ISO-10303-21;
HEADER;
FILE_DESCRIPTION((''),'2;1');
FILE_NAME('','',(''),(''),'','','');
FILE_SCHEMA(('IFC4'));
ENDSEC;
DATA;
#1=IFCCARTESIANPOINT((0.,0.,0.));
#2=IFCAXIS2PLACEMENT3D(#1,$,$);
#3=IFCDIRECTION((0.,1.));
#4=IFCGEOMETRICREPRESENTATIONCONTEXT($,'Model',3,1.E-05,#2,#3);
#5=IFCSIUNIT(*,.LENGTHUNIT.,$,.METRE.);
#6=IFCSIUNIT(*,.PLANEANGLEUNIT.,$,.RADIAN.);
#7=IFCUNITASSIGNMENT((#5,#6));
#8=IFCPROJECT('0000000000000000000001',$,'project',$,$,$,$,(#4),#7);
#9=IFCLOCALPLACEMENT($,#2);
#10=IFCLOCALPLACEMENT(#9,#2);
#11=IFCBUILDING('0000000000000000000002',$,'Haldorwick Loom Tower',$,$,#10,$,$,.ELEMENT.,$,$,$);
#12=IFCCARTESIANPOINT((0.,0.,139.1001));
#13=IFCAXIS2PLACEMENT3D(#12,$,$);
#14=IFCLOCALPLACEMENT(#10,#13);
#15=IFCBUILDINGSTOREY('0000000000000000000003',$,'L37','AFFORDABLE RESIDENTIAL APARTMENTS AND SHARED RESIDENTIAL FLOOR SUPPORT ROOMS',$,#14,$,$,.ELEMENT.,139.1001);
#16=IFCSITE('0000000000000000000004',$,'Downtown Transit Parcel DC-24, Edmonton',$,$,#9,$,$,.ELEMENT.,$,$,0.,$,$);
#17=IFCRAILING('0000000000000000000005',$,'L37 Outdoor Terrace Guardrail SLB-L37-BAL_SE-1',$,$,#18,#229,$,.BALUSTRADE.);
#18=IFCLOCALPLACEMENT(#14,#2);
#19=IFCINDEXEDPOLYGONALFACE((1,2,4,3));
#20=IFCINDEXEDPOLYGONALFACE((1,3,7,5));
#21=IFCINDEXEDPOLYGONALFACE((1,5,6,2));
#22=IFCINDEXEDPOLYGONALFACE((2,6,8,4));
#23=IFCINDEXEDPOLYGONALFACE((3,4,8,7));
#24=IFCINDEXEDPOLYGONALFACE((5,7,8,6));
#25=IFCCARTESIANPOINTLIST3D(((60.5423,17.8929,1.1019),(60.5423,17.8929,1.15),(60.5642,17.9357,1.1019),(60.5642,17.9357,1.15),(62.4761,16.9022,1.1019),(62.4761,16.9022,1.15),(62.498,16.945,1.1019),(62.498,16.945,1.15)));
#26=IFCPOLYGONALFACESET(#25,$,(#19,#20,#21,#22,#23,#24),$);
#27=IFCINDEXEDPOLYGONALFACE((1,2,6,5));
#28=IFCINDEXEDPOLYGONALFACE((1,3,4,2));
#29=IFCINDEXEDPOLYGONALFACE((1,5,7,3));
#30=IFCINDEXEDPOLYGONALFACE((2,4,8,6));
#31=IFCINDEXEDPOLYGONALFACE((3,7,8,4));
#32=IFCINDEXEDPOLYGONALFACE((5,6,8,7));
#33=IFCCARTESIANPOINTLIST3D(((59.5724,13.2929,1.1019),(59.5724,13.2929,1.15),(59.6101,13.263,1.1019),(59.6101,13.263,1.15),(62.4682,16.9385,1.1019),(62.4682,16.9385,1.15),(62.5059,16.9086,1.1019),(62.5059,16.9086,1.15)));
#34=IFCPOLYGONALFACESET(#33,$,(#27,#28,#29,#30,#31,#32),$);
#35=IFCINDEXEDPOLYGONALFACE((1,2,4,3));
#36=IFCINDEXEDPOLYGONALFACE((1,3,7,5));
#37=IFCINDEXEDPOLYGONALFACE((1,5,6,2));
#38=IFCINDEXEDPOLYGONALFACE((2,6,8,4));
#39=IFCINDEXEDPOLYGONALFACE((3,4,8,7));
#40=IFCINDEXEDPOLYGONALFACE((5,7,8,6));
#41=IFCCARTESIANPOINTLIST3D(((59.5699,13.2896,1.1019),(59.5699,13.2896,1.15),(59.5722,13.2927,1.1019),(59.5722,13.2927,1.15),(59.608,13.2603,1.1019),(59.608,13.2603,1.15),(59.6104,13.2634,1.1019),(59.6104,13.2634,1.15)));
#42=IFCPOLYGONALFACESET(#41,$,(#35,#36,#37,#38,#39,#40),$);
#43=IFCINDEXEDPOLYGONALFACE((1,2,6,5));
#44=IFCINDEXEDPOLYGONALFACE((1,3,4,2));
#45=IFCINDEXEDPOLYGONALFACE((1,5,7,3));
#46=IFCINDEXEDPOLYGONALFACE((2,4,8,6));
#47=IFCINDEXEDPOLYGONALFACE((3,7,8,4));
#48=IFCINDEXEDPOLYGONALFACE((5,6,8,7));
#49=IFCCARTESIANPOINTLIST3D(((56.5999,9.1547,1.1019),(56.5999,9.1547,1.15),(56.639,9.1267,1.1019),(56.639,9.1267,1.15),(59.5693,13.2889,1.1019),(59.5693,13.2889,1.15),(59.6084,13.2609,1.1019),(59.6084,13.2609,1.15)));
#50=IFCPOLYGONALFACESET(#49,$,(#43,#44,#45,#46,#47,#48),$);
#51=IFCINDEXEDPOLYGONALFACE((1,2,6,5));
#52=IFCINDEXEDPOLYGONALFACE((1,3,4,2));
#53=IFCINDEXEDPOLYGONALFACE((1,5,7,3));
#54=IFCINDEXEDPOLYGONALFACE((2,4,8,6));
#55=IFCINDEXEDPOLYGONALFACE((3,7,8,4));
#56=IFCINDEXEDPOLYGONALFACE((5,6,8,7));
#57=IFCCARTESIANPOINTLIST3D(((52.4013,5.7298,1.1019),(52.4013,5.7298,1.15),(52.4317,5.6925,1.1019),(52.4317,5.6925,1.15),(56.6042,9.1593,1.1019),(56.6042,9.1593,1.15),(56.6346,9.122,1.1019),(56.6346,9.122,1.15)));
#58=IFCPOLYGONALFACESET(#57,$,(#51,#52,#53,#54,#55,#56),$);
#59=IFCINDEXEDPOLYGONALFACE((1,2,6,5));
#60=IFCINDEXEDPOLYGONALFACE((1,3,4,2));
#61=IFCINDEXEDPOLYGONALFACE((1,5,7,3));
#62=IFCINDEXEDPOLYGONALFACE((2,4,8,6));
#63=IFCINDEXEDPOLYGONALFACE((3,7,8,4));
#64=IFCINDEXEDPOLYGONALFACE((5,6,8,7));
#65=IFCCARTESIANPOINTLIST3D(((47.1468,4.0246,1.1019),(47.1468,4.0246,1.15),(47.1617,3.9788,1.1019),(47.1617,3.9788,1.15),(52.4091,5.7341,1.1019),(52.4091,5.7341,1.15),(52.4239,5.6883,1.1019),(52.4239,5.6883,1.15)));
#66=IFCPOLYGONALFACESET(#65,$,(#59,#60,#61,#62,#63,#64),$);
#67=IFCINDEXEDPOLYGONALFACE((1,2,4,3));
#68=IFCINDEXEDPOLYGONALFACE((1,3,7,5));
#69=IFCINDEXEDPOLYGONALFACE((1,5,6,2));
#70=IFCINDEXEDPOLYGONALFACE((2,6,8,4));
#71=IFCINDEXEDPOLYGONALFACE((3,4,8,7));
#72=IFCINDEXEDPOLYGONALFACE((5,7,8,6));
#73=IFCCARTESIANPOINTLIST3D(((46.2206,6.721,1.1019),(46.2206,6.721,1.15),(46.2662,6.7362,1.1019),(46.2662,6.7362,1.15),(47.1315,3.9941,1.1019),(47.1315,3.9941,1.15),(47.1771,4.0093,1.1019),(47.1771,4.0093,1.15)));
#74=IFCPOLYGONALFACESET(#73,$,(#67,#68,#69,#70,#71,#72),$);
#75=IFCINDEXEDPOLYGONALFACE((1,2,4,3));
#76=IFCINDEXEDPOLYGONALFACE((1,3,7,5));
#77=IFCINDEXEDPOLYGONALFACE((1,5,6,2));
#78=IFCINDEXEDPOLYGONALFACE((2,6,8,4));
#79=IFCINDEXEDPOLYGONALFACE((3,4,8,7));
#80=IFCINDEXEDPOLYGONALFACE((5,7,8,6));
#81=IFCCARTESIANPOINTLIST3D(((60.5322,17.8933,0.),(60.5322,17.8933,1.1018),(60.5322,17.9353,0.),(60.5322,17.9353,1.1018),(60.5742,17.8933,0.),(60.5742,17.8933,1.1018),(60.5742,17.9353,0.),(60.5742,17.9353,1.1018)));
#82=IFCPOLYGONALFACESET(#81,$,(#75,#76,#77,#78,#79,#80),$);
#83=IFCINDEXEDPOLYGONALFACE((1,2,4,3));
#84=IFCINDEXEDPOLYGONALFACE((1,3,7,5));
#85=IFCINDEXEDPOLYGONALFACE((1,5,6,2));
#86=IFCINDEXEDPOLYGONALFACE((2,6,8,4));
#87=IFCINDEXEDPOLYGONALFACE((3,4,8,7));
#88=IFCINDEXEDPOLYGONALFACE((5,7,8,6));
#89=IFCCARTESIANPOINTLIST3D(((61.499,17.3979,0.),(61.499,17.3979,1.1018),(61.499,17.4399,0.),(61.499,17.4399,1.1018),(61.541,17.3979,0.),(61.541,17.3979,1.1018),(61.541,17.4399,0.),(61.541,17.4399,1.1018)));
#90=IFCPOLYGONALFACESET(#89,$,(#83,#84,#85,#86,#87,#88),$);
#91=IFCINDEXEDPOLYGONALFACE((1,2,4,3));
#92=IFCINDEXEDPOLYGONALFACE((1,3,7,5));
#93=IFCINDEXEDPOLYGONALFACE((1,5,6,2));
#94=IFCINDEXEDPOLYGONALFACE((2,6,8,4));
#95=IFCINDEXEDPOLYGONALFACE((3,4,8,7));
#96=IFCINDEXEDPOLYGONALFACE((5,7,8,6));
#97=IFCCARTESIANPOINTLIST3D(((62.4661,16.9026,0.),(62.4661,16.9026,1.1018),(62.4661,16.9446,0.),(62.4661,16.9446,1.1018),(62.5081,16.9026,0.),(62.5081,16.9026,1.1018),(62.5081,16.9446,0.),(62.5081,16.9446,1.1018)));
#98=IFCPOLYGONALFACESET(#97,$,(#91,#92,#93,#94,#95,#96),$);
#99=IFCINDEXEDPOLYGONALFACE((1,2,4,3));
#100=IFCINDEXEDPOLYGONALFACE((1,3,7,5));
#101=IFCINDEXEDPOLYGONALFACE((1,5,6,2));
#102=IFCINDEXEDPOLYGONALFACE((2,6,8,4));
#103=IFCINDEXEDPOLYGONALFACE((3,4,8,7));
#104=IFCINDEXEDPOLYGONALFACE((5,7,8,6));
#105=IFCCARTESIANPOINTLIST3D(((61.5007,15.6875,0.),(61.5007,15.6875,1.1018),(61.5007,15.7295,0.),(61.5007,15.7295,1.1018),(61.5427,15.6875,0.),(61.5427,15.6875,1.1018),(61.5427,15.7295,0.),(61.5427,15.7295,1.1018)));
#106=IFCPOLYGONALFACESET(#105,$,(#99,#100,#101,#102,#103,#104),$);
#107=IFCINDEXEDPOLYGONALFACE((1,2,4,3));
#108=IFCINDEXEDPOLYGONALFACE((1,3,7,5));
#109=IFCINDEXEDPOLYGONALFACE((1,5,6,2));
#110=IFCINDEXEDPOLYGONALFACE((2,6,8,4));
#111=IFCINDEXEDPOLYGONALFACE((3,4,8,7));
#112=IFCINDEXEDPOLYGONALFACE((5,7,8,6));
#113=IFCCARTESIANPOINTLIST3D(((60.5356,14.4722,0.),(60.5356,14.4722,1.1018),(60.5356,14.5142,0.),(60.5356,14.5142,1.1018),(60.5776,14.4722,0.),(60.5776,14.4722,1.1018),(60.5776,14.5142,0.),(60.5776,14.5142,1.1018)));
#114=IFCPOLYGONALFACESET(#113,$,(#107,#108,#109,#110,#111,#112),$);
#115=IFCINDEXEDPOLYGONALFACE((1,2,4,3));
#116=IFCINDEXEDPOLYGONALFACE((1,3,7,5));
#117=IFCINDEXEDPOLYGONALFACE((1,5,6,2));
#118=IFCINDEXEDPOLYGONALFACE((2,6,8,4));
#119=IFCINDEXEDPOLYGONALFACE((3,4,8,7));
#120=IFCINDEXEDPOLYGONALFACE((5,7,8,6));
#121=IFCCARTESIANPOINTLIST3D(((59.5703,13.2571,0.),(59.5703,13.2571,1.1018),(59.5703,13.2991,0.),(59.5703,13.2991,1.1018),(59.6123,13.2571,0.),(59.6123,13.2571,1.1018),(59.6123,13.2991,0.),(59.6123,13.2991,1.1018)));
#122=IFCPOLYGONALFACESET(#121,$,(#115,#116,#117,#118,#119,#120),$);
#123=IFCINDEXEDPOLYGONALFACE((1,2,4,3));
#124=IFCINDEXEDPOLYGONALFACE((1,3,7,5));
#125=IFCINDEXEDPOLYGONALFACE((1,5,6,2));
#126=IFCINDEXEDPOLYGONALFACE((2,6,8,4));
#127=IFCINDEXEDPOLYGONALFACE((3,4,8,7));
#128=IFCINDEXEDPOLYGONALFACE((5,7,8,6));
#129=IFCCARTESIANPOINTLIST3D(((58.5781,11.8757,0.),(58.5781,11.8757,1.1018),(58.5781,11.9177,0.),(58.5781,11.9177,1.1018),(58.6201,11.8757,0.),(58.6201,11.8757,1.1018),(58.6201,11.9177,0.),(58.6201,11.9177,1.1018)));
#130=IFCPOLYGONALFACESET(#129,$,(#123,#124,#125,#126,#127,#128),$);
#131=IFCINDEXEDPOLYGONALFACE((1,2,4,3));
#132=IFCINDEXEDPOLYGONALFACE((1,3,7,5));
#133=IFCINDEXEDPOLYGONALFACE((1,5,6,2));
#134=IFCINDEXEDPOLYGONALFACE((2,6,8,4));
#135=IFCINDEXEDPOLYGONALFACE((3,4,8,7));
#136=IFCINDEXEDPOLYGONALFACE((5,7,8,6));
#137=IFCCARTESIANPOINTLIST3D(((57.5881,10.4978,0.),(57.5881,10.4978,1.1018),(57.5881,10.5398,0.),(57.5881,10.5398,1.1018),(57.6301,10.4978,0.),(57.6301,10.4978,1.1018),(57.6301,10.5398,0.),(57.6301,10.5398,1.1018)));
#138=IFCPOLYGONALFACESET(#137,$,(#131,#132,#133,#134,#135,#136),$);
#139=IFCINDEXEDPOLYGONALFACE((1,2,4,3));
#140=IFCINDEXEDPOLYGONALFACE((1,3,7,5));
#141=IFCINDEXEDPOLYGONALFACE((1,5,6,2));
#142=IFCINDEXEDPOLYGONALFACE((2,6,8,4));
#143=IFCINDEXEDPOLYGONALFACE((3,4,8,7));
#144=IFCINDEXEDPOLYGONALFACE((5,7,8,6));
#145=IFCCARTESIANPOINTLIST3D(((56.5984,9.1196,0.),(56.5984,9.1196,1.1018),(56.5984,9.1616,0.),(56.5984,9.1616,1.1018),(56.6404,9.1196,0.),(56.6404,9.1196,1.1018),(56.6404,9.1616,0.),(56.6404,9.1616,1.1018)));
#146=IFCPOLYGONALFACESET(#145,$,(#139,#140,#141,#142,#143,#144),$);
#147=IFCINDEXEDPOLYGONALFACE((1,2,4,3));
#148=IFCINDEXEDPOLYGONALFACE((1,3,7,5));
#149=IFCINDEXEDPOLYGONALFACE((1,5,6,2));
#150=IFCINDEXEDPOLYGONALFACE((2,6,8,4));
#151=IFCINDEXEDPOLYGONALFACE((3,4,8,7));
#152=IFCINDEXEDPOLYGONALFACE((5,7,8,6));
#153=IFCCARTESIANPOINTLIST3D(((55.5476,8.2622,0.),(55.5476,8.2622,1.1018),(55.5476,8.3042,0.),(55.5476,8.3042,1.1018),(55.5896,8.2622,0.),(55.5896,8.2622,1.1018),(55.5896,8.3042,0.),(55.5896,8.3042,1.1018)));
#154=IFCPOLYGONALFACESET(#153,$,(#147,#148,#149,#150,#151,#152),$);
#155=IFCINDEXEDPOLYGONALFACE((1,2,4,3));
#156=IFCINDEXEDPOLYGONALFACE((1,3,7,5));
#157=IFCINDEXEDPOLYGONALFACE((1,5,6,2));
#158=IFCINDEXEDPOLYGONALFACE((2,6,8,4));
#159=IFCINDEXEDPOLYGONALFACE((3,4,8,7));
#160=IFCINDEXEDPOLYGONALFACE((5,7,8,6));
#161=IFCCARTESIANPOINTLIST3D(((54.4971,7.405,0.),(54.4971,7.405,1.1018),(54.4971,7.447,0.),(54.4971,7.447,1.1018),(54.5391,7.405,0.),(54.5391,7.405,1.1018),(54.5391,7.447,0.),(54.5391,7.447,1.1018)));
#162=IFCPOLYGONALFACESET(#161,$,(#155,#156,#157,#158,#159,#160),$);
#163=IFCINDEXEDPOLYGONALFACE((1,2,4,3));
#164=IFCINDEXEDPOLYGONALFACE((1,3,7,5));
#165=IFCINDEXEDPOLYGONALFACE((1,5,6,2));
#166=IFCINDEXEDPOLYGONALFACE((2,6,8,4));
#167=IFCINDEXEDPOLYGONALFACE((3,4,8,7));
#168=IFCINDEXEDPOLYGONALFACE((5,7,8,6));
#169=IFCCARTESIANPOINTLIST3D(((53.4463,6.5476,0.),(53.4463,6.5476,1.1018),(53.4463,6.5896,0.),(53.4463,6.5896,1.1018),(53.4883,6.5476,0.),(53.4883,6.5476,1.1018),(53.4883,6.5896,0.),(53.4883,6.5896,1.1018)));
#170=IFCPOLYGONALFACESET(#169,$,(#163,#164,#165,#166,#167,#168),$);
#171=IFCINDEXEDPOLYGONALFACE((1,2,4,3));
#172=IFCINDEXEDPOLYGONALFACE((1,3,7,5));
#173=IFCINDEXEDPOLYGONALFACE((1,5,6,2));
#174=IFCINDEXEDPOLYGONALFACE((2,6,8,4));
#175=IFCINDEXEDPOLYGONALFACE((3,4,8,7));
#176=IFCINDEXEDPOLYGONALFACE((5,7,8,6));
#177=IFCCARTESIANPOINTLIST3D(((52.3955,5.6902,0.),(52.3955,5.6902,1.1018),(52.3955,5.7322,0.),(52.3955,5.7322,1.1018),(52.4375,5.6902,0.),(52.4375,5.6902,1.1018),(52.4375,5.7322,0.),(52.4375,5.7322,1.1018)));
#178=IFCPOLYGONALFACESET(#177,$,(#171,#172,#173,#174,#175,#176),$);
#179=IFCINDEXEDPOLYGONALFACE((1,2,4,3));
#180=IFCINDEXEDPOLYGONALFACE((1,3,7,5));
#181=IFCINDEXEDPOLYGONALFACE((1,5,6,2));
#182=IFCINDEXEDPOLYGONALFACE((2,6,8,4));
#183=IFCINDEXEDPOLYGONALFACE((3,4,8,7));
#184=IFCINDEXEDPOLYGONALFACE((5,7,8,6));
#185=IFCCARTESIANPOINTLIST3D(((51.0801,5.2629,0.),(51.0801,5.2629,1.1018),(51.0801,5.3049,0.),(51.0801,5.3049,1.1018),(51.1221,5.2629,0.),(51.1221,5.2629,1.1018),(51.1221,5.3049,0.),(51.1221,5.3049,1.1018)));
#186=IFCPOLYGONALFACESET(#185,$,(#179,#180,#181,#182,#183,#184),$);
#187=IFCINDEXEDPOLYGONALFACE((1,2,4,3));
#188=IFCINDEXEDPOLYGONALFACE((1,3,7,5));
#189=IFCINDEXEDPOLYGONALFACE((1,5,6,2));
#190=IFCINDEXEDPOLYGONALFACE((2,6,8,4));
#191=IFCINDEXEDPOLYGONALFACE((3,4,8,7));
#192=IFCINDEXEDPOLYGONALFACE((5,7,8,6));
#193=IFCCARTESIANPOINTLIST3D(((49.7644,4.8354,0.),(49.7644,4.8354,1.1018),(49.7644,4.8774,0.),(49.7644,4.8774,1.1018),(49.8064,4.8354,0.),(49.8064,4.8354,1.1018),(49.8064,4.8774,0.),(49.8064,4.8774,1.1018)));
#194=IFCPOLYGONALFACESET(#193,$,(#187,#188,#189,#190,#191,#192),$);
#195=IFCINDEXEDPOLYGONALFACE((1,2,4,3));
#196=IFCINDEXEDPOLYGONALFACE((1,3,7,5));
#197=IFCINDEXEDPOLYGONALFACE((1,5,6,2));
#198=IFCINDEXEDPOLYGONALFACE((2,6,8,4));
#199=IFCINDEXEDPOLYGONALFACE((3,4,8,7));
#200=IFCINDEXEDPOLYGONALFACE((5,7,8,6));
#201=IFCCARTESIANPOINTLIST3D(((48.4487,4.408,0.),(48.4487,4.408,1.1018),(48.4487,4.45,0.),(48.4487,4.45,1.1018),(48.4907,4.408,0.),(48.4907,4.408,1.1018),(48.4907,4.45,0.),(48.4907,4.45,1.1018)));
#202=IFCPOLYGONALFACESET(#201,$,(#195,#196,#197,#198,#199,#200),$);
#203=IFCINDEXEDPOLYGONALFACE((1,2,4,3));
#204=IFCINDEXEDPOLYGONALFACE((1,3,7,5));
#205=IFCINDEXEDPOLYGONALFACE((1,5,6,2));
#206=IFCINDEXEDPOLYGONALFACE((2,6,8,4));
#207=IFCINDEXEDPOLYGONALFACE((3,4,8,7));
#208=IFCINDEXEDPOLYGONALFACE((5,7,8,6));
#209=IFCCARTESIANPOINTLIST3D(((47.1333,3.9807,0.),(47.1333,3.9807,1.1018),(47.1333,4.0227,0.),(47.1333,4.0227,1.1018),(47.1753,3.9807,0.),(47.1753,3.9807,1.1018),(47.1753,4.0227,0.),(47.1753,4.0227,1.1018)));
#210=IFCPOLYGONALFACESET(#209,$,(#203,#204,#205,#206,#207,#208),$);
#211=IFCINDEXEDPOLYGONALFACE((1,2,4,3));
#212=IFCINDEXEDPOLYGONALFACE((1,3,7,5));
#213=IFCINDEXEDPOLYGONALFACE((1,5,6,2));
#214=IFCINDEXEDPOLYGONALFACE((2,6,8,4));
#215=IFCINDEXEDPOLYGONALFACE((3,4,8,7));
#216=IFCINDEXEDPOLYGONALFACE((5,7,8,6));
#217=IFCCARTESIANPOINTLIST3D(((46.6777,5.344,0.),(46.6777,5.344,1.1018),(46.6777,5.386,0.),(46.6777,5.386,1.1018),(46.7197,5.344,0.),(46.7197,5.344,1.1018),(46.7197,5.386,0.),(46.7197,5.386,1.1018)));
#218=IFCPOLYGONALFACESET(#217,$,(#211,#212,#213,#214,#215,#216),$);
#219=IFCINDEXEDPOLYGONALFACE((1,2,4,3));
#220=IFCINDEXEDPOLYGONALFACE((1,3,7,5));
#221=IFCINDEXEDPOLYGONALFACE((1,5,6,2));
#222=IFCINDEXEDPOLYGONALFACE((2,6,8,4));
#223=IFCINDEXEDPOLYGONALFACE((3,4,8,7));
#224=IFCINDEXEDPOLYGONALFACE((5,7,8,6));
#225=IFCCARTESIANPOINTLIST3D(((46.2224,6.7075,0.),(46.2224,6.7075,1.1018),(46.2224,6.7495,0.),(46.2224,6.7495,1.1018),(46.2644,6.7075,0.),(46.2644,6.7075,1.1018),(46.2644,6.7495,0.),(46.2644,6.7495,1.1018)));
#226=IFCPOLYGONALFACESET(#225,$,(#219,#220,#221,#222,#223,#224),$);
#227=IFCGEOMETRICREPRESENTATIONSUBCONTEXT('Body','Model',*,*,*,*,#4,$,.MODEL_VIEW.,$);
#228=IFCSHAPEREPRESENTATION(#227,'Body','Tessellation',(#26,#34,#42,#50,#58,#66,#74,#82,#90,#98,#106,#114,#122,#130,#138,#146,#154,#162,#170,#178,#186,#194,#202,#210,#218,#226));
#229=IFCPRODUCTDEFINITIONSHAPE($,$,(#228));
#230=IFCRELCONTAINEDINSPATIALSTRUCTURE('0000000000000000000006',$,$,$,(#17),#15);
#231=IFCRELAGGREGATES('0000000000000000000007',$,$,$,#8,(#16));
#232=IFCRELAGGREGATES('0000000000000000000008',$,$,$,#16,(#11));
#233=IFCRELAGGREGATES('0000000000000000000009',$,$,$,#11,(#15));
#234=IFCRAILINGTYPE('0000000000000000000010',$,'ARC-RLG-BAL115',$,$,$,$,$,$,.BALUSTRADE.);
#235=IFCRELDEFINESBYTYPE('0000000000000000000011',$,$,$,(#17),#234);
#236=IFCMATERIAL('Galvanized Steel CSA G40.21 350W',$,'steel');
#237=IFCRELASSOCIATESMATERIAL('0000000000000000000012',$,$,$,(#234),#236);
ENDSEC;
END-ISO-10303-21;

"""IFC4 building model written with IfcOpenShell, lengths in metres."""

from ifc_helpers import new_model, si_unit, direction, frame, origin, origin_2d, place, context, subcontext, project, spatial, rectangle, extrude, material, type_object, element, save


model = new_model("IFC4")

# Units and contexts
model_context = context("Model", 3, precision=1e-05, world=origin(), true_north=direction((0.0, 1.0)))
body_context = subcontext(model_context, "Body", "Model", "MODEL_VIEW")
ifc_project = project(units=[si_unit("LENGTHUNIT", "METRE"), si_unit("PLANEANGLEUNIT", "RADIAN")], contexts=[model_context])

# Site, building, storey
site_placement = place(None, origin())
site = spatial("IfcSite", under=ifc_project, at=site_placement, Name="Downtown Transit Parcel DC-24, Edmonton", CompositionType="ELEMENT", RefElevation=0.0)
building_placement = place(site_placement, origin())
building = spatial("IfcBuilding", under=site, at=building_placement, Name="Haldorwick Loom Tower", CompositionType="ELEMENT")
storey_placement = place(building_placement, frame((0.0, 0.0, 139.1001)))
storey = spatial("IfcBuildingStorey", under=building, at=storey_placement, Name="L37", Description="AFFORDABLE RESIDENTIAL APARTMENTS AND SHARED RESIDENTIAL FLOOR SUPPORT ROOMS", CompositionType="ELEMENT", Elevation=139.1001)

# Railing
ifc_material_1 = material(Name="Galvanized Steel CSA G40.21 350W", Category="steel")
railing_type = type_object("IfcRailingType", Name="ARC-RLG-BAL115", PredefinedType="BALUSTRADE", material=ifc_material_1)
railing_placement = place(storey_placement, frame((60.5532, 17.9143, 0.0)))
element("IfcRailing", 1, at=railing_placement, inside=storey, type_object=railing_type, Name="L37 Outdoor Terrace Guardrail SLB-L37-BAL_SE-1", PredefinedType="BALUSTRADE", context=body_context, shape_type="SweptSolid", body=[
    extrude(rectangle(XDim=0.0481, YDim=0.0481, at=origin_2d()), frame((0.0, 0.0, 1.126), z_axis=(0.890002, -0.455956, 0.0), x_axis=(0.455956, 0.890002, 0.0)), (0.0, 0.0, 1.0), 2.1729),
    extrude(rectangle(XDim=0.0481, YDim=0.0481, at=origin_2d()), frame((1.9338, -0.9907, 1.126), z_axis=(-0.621986, -0.783028, 0.0), x_axis=(0.783028, -0.621986, 0.0)), (0.0, 0.0, 1.0), 4.6558),
    extrude(rectangle(XDim=0.0481, YDim=0.0481, at=origin_2d()), frame((-0.9619, -4.6362, 1.126), z_axis=(-0.609711, -0.792624, 0.0), x_axis=(0.792624, -0.609711, 0.0)), (0.0, 0.0, 1.0), 0.0039),
    extrude(rectangle(XDim=0.0481, YDim=0.0481, at=origin_2d()), frame((-0.9644, -4.6394, 1.126), z_axis=(-0.583373, -0.812204, 0.0), x_axis=(0.812204, -0.583373, 0.0)), (0.0, 0.0, 1.0), 5.0901),
    extrude(rectangle(XDim=0.0481, YDim=0.0481, at=origin_2d()), frame((-3.9338, -8.7737, 1.126), z_axis=(-0.774795, -0.632213, 0.0), x_axis=(0.632213, -0.774795, 0.0)), (0.0, 0.0, 1.0), 5.4246),
    extrude(rectangle(XDim=0.0481, YDim=0.0481, at=origin_2d()), frame((-8.1367, -12.2031, 1.126), z_axis=(-0.951074, -0.308964, 0.0), x_axis=(0.308964, -0.951074, 0.0)), (0.0, 0.0, 1.0), 5.533),
    extrude(rectangle(XDim=0.0481, YDim=0.0481, at=origin_2d()), frame((-13.3989, -13.9126, 1.126), z_axis=(-0.316839, 0.948479, 0.0), x_axis=(-0.948479, -0.316839, 0.0)), (0.0, 0.0, 1.0), 2.875),
    extrude(rectangle(XDim=0.042, YDim=0.042, at=origin_2d()), origin(), (0.0, 0.0, 1.0), 1.1018),
    extrude(rectangle(XDim=0.042, YDim=0.042, at=origin_2d()), frame((0.9668, -0.4954, 0.0)), (0.0, 0.0, 1.0), 1.1018),
    extrude(rectangle(XDim=0.042, YDim=0.042, at=origin_2d()), frame((1.9338, -0.9907, 0.0)), (0.0, 0.0, 1.0), 1.1018),
    extrude(rectangle(XDim=0.042, YDim=0.042, at=origin_2d()), frame((0.9685, -2.2058, 0.0)), (0.0, 0.0, 1.0), 1.1018),
    extrude(rectangle(XDim=0.042, YDim=0.042, at=origin_2d()), frame((0.0034, -3.4211, 0.0)), (0.0, 0.0, 1.0), 1.1018),
    extrude(rectangle(XDim=0.042, YDim=0.042, at=origin_2d()), frame((-0.9619, -4.6362, 0.0)), (0.0, 0.0, 1.0), 1.1018),
    extrude(rectangle(XDim=0.042, YDim=0.042, at=origin_2d()), frame((-1.9541, -6.0176, 0.0)), (0.0, 0.0, 1.0), 1.1018),
    extrude(rectangle(XDim=0.042, YDim=0.042, at=origin_2d()), frame((-2.9441, -7.3955, 0.0)), (0.0, 0.0, 1.0), 1.1018),
    extrude(rectangle(XDim=0.042, YDim=0.042, at=origin_2d()), frame((-3.9338, -8.7737, 0.0)), (0.0, 0.0, 1.0), 1.1018),
    extrude(rectangle(XDim=0.042, YDim=0.042, at=origin_2d()), frame((-4.9846, -9.6311, 0.0)), (0.0, 0.0, 1.0), 1.1018),
    extrude(rectangle(XDim=0.042, YDim=0.042, at=origin_2d()), frame((-6.0352, -10.4883, 0.0)), (0.0, 0.0, 1.0), 1.1018),
    extrude(rectangle(XDim=0.042, YDim=0.042, at=origin_2d()), frame((-7.0859, -11.3457, 0.0)), (0.0, 0.0, 1.0), 1.1018),
    extrude(rectangle(XDim=0.042, YDim=0.042, at=origin_2d()), frame((-8.1367, -12.2031, 0.0)), (0.0, 0.0, 1.0), 1.1018),
    extrude(rectangle(XDim=0.042, YDim=0.042, at=origin_2d()), frame((-9.4521, -12.6304, 0.0)), (0.0, 0.0, 1.0), 1.1018),
    extrude(rectangle(XDim=0.042, YDim=0.042, at=origin_2d()), frame((-10.7678, -13.0579, 0.0)), (0.0, 0.0, 1.0), 1.1018),
    extrude(rectangle(XDim=0.042, YDim=0.042, at=origin_2d()), frame((-12.0835, -13.4854, 0.0)), (0.0, 0.0, 1.0), 1.1018),
    extrude(rectangle(XDim=0.042, YDim=0.042, at=origin_2d()), frame((-13.3989, -13.9126, 0.0)), (0.0, 0.0, 1.0), 1.1018),
    extrude(rectangle(XDim=0.042, YDim=0.042, at=origin_2d()), frame((-13.8545, -12.5493, 0.0)), (0.0, 0.0, 1.0), 1.1018),
    extrude(rectangle(XDim=0.042, YDim=0.042, at=origin_2d()), frame((-14.3098, -11.1858, 0.0)), (0.0, 0.0, 1.0), 1.1018),
])

save(model, "model.ifc")
